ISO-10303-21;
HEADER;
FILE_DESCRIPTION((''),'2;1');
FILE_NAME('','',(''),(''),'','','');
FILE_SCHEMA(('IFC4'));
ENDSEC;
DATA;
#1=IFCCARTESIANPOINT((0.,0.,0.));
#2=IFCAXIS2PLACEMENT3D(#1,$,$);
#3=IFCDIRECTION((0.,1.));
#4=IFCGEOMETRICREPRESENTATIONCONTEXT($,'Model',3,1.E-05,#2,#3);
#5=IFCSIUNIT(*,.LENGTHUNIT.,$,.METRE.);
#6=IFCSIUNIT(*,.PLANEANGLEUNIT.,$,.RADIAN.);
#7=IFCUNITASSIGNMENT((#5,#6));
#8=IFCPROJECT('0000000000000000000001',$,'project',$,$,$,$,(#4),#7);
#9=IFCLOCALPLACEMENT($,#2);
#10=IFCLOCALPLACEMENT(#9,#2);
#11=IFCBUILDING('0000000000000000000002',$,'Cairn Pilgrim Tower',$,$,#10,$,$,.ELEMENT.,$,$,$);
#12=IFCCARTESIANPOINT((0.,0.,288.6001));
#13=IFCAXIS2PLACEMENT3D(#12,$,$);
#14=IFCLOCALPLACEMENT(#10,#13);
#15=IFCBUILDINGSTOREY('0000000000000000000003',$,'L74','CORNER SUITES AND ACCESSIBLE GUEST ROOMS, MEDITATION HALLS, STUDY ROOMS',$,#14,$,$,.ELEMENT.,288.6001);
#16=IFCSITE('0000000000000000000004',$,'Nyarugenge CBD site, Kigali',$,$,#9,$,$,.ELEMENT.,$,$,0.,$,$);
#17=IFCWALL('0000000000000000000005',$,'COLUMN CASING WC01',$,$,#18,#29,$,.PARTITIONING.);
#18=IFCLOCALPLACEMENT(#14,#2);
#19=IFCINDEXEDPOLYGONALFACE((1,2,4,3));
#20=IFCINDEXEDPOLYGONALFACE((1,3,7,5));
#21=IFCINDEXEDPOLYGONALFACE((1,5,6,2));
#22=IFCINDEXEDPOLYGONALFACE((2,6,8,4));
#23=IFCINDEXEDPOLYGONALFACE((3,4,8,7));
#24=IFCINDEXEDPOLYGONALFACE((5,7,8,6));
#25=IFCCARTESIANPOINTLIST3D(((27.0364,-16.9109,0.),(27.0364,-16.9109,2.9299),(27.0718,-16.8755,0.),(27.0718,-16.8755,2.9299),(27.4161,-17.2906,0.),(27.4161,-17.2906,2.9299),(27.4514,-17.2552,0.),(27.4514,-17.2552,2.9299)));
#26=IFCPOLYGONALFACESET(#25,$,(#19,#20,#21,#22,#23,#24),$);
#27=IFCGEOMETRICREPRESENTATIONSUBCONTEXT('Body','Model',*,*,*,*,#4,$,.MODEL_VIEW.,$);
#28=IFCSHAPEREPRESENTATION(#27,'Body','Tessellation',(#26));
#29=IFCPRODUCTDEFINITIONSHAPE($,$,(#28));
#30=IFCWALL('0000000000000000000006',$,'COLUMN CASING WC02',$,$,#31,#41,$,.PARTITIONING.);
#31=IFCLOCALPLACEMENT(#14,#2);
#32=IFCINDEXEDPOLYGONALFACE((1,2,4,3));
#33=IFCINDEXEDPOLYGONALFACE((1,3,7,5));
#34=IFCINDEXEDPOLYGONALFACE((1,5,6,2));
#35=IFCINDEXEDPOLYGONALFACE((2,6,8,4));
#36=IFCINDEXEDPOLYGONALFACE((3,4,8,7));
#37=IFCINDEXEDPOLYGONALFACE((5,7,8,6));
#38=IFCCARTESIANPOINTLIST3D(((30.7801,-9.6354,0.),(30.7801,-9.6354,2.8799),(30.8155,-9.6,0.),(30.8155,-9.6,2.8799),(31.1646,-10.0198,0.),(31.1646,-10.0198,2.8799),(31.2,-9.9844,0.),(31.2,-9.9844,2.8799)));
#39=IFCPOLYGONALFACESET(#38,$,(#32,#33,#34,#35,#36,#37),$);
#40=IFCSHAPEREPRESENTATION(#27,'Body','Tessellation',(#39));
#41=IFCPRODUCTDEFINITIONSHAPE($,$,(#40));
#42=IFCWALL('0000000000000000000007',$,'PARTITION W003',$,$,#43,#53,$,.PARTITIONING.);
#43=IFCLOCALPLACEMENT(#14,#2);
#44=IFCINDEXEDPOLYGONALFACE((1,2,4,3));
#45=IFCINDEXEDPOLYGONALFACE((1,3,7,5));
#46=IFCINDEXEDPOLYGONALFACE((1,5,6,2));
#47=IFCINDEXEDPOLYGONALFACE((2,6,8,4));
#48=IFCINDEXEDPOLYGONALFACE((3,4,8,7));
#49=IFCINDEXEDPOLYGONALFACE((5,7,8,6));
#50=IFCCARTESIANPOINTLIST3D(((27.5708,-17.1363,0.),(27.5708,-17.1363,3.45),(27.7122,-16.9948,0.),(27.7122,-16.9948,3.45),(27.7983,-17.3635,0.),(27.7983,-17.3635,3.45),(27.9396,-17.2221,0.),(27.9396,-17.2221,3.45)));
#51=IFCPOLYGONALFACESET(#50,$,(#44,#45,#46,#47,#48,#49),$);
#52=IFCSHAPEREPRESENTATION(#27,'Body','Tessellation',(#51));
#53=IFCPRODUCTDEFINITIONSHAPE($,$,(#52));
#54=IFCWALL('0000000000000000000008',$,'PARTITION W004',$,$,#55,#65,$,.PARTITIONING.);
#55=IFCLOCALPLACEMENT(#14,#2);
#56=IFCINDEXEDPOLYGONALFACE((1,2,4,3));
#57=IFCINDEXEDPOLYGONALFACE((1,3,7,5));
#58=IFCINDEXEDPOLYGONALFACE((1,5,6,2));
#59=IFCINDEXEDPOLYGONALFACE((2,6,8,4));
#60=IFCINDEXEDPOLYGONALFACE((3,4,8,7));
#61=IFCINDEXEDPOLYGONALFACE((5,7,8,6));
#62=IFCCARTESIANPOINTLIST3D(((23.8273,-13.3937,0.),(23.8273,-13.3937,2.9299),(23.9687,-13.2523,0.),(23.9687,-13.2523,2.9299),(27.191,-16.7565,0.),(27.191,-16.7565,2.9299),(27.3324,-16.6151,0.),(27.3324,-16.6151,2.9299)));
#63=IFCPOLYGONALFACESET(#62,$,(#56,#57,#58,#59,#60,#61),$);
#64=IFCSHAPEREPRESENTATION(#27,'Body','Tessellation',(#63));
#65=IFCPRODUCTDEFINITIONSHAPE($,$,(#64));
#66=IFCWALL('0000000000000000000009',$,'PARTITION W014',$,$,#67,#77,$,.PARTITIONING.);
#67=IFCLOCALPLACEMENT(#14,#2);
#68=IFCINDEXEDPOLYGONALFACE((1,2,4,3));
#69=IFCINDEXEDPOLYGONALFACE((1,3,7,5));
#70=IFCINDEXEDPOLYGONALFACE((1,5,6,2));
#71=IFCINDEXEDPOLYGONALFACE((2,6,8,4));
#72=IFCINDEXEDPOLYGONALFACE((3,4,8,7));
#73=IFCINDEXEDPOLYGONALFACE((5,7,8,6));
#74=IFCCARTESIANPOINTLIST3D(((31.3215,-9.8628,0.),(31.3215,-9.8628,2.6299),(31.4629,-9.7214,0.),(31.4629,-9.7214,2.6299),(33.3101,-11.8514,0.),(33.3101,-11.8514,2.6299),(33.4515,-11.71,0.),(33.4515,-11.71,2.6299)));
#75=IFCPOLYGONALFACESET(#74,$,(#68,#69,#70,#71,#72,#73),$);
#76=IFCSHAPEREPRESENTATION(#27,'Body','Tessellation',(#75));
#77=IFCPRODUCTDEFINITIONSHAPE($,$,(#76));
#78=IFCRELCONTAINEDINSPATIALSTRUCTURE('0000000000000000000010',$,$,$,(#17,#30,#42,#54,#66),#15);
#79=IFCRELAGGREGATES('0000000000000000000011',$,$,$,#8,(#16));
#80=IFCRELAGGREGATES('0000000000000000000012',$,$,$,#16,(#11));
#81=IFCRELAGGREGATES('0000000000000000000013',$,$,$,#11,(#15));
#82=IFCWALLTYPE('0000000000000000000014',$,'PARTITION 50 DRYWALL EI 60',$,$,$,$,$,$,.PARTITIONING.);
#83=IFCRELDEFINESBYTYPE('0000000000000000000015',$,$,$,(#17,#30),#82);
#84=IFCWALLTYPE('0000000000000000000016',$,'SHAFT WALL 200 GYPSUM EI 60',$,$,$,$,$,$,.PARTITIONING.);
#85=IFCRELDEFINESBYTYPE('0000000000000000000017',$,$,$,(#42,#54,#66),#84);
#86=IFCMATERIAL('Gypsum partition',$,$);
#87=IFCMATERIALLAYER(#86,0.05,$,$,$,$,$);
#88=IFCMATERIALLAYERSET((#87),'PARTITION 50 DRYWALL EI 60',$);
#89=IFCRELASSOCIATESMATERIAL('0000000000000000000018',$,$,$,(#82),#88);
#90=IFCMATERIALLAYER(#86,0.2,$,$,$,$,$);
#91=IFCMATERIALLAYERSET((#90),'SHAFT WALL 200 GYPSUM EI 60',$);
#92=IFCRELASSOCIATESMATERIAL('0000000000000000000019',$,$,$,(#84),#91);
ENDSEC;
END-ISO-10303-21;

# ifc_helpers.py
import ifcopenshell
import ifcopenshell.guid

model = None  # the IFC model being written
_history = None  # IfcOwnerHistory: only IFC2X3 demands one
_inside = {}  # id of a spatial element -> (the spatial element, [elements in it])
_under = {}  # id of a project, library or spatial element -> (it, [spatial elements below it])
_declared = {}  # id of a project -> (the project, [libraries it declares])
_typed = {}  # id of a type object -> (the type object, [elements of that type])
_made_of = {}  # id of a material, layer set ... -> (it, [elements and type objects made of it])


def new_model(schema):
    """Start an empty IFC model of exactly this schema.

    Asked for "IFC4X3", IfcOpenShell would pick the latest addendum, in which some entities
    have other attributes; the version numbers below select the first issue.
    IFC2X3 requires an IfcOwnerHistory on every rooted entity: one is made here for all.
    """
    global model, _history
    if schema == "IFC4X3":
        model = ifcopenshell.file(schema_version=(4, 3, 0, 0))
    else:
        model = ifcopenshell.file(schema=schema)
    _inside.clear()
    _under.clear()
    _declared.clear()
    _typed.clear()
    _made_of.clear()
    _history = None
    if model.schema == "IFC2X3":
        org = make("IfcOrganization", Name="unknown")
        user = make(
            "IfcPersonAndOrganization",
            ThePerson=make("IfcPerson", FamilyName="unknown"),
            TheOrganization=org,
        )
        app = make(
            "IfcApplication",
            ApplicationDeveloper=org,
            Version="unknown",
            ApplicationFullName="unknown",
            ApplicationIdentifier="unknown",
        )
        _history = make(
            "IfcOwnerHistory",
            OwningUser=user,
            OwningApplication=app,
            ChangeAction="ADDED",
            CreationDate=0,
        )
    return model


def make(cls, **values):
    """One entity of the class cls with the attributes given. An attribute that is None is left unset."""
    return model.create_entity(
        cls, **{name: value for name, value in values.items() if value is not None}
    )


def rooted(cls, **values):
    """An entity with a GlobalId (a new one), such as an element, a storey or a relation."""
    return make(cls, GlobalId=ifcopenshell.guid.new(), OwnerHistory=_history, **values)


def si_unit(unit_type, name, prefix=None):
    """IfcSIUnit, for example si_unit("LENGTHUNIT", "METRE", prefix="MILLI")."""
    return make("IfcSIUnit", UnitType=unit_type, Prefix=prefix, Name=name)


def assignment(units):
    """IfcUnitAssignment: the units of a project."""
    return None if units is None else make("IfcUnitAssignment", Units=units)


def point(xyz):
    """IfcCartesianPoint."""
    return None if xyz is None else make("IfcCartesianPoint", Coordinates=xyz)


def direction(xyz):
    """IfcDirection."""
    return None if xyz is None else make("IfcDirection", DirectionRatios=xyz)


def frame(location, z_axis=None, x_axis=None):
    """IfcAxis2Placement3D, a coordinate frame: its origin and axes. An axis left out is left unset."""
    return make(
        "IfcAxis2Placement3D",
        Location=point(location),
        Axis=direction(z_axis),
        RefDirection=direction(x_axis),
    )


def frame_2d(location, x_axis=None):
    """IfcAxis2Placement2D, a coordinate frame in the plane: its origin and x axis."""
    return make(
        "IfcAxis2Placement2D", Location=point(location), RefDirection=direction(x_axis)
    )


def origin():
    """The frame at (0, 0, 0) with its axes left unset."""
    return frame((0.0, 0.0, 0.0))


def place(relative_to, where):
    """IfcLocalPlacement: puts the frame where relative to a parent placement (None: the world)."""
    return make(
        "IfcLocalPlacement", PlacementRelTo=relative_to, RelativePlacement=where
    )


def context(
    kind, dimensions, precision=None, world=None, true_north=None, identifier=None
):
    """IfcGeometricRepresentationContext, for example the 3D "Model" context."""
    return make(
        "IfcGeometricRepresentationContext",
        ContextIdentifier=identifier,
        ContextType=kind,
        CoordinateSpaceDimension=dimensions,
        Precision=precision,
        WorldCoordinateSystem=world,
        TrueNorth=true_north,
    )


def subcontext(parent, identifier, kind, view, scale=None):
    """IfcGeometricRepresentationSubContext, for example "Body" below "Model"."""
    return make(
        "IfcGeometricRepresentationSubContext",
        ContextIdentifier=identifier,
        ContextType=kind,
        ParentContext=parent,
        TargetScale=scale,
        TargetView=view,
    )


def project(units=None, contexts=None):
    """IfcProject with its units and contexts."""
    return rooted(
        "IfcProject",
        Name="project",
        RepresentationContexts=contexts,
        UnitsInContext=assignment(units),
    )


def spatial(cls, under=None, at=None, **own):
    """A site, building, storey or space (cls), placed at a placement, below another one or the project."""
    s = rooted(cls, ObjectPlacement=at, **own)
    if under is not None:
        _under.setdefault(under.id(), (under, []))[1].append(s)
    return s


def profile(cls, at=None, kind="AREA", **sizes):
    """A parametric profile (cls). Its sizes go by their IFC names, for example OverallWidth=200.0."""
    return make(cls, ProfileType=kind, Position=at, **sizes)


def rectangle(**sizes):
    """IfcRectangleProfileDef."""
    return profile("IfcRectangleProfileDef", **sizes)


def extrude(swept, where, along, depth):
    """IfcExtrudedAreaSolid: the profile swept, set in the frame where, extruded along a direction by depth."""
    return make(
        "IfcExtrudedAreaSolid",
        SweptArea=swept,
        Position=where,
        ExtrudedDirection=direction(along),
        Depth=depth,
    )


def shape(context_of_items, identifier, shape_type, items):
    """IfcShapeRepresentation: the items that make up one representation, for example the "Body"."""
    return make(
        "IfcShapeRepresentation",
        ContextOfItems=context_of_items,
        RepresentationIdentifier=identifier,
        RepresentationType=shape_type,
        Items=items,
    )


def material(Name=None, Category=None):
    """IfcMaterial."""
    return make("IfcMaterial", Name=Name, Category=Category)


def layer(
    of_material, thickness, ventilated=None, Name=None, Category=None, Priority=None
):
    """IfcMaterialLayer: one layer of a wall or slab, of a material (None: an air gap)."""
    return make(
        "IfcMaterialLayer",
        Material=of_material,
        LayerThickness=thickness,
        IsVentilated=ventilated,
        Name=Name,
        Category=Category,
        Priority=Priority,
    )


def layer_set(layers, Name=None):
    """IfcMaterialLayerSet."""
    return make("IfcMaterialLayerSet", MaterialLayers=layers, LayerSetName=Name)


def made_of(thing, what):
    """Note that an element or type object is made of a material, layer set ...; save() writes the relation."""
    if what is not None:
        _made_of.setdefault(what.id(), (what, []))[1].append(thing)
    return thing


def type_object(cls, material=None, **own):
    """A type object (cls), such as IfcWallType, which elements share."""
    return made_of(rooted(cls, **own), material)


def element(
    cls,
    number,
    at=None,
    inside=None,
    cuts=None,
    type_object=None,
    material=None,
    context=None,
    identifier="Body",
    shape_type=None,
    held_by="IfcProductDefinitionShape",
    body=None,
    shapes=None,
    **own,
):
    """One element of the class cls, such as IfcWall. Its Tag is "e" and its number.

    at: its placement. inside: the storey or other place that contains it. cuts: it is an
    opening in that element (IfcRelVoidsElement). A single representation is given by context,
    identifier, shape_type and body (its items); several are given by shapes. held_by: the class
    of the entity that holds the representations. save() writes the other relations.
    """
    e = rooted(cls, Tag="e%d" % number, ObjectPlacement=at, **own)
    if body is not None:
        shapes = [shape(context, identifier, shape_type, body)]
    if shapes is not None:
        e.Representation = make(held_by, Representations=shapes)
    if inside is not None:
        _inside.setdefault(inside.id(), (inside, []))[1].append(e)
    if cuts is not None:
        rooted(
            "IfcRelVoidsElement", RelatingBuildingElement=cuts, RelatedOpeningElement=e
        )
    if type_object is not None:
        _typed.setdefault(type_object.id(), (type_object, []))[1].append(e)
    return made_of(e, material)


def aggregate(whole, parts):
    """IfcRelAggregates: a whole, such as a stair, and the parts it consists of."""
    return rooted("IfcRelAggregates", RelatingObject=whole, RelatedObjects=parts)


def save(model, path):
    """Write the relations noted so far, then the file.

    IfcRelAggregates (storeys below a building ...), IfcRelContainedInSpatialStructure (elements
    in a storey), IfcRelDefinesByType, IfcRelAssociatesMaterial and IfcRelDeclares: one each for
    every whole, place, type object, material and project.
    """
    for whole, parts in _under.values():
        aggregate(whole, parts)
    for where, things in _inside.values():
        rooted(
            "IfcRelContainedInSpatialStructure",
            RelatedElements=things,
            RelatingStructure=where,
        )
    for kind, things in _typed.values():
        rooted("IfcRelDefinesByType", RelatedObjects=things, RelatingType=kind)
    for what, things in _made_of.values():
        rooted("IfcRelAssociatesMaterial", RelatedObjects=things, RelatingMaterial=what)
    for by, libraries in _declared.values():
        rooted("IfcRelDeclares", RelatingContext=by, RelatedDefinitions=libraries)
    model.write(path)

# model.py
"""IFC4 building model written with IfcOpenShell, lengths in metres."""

from ifc_helpers import new_model, si_unit, direction, frame, frame_2d, origin, place, context, subcontext, project, spatial, rectangle, extrude, material, layer, layer_set, type_object, element, save


model = new_model("IFC4")

# Units and contexts
model_context = context("Model", 3, precision=1e-05, world=origin(), true_north=direction((0.0, 1.0)))
body_context = subcontext(model_context, "Body", "Model", "MODEL_VIEW")
ifc_project = project(units=[si_unit("LENGTHUNIT", "METRE"), si_unit("PLANEANGLEUNIT", "RADIAN")], contexts=[model_context])

# Site, building, storey
site_placement = place(None, origin())
site = spatial("IfcSite", under=ifc_project, at=site_placement, Name="Nyarugenge CBD site, Kigali", CompositionType="ELEMENT", RefElevation=0.0)
building_placement = place(site_placement, origin())
building = spatial("IfcBuilding", under=site, at=building_placement, Name="Cairn Pilgrim Tower", CompositionType="ELEMENT")
storey_placement = place(building_placement, frame((0.0, 0.0, 288.6001)))
storey = spatial("IfcBuildingStorey", under=building, at=storey_placement, Name="L74", Description="CORNER SUITES AND ACCESSIBLE GUEST ROOMS, MEDITATION HALLS, STUDY ROOMS", CompositionType="ELEMENT", Elevation=288.6001)

# Walls
ifc_material_1 = material(Name="Gypsum partition")
ifc_layer_1 = layer(ifc_material_1, 0.05)
ifc_layer_set_1 = layer_set([ifc_layer_1], Name="PARTITION 50 DRYWALL EI 60")
wall_type_1 = type_object("IfcWallType", Name="PARTITION 50 DRYWALL EI 60", PredefinedType="PARTITIONING", material=ifc_layer_set_1)
wall_1_placement = place(storey_placement, frame((27.4338, -17.2729, 0.0), z_axis=(0.0, 0.0, 1.0), x_axis=(-0.707107, 0.707107, 0.0)))
element("IfcWall", 1, at=wall_1_placement, inside=storey, type_object=wall_type_1, Name="COLUMN CASING WC01", PredefinedType="PARTITIONING", context=body_context, shape_type="SweptSolid", body=[
    extrude(rectangle(XDim=0.5369, YDim=0.05, at=frame_2d((0.2686, 0.0))), origin(), (0.0, 0.0, 1.0), 2.9299),
])
wall_2_placement = place(storey_placement, frame((31.1824, -10.0022, 0.0), z_axis=(0.0, 0.0, 1.0), x_axis=(-0.707107, 0.707107, 0.0)))
element("IfcWall", 2, at=wall_2_placement, inside=storey, type_object=wall_type_1, Name="COLUMN CASING WC02", PredefinedType="PARTITIONING", context=body_context, shape_type="SweptSolid", body=[
    extrude(rectangle(XDim=0.5437, YDim=0.05, at=frame_2d((0.272, 0.0))), origin(), (0.0, 0.0, 1.0), 2.8799),
])
ifc_layer_2 = layer(ifc_material_1, 0.2)
ifc_layer_set_2 = layer_set([ifc_layer_2], Name="SHAFT WALL 200 GYPSUM EI 60")
wall_type_2 = type_object("IfcWallType", Name="SHAFT WALL 200 GYPSUM EI 60", PredefinedType="PARTITIONING", material=ifc_layer_set_2)
wall_3_placement = place(storey_placement, frame((27.8689, -17.2927, 0.0), z_axis=(0.0, 0.0, 1.0), x_axis=(-0.707486, 0.706727, 0.0)))
element("IfcWall", 3, at=wall_3_placement, inside=storey, type_object=wall_type_2, Name="PARTITION W003", PredefinedType="PARTITIONING", context=body_context, shape_type="SweptSolid", body=[
    extrude(rectangle(XDim=0.3215, YDim=0.2, at=frame_2d((0.1606, 0.0))), origin(), (0.0, 0.0, 1.0), 3.45),
])
wall_4_placement = place(storey_placement, frame((27.2617, -16.6858, 0.0), z_axis=(0.0, 0.0, 1.0), x_axis=(-0.707209, 0.707004, 0.0)))
element("IfcWall", 4, at=wall_4_placement, inside=storey, type_object=wall_type_2, Name="PARTITION W004", PredefinedType="PARTITIONING", context=body_context, shape_type="SweptSolid", body=[
    extrude(rectangle(XDim=4.7563, YDim=0.2, at=frame_2d((2.3782, 0.0))), origin(), (0.0, 0.0, 1.0), 2.9299),
])
wall_5_placement = place(storey_placement, frame((33.3809, -11.7808, 0.0), z_axis=(0.0, 0.0, 1.0), x_axis=(-0.707107, 0.707107, 0.0)))
element("IfcWall", 5, at=wall_5_placement, inside=storey, type_object=wall_type_2, Name="PARTITION W014", PredefinedType="PARTITIONING", context=body_context, shape_type="SweptSolid", body=[
    extrude(rectangle(XDim=2.8123, YDim=0.2, at=frame_2d((1.4062, 0.0))), origin(), (0.0, 0.0, 1.0), 2.6299),
])

save(model, "model.ifc")
